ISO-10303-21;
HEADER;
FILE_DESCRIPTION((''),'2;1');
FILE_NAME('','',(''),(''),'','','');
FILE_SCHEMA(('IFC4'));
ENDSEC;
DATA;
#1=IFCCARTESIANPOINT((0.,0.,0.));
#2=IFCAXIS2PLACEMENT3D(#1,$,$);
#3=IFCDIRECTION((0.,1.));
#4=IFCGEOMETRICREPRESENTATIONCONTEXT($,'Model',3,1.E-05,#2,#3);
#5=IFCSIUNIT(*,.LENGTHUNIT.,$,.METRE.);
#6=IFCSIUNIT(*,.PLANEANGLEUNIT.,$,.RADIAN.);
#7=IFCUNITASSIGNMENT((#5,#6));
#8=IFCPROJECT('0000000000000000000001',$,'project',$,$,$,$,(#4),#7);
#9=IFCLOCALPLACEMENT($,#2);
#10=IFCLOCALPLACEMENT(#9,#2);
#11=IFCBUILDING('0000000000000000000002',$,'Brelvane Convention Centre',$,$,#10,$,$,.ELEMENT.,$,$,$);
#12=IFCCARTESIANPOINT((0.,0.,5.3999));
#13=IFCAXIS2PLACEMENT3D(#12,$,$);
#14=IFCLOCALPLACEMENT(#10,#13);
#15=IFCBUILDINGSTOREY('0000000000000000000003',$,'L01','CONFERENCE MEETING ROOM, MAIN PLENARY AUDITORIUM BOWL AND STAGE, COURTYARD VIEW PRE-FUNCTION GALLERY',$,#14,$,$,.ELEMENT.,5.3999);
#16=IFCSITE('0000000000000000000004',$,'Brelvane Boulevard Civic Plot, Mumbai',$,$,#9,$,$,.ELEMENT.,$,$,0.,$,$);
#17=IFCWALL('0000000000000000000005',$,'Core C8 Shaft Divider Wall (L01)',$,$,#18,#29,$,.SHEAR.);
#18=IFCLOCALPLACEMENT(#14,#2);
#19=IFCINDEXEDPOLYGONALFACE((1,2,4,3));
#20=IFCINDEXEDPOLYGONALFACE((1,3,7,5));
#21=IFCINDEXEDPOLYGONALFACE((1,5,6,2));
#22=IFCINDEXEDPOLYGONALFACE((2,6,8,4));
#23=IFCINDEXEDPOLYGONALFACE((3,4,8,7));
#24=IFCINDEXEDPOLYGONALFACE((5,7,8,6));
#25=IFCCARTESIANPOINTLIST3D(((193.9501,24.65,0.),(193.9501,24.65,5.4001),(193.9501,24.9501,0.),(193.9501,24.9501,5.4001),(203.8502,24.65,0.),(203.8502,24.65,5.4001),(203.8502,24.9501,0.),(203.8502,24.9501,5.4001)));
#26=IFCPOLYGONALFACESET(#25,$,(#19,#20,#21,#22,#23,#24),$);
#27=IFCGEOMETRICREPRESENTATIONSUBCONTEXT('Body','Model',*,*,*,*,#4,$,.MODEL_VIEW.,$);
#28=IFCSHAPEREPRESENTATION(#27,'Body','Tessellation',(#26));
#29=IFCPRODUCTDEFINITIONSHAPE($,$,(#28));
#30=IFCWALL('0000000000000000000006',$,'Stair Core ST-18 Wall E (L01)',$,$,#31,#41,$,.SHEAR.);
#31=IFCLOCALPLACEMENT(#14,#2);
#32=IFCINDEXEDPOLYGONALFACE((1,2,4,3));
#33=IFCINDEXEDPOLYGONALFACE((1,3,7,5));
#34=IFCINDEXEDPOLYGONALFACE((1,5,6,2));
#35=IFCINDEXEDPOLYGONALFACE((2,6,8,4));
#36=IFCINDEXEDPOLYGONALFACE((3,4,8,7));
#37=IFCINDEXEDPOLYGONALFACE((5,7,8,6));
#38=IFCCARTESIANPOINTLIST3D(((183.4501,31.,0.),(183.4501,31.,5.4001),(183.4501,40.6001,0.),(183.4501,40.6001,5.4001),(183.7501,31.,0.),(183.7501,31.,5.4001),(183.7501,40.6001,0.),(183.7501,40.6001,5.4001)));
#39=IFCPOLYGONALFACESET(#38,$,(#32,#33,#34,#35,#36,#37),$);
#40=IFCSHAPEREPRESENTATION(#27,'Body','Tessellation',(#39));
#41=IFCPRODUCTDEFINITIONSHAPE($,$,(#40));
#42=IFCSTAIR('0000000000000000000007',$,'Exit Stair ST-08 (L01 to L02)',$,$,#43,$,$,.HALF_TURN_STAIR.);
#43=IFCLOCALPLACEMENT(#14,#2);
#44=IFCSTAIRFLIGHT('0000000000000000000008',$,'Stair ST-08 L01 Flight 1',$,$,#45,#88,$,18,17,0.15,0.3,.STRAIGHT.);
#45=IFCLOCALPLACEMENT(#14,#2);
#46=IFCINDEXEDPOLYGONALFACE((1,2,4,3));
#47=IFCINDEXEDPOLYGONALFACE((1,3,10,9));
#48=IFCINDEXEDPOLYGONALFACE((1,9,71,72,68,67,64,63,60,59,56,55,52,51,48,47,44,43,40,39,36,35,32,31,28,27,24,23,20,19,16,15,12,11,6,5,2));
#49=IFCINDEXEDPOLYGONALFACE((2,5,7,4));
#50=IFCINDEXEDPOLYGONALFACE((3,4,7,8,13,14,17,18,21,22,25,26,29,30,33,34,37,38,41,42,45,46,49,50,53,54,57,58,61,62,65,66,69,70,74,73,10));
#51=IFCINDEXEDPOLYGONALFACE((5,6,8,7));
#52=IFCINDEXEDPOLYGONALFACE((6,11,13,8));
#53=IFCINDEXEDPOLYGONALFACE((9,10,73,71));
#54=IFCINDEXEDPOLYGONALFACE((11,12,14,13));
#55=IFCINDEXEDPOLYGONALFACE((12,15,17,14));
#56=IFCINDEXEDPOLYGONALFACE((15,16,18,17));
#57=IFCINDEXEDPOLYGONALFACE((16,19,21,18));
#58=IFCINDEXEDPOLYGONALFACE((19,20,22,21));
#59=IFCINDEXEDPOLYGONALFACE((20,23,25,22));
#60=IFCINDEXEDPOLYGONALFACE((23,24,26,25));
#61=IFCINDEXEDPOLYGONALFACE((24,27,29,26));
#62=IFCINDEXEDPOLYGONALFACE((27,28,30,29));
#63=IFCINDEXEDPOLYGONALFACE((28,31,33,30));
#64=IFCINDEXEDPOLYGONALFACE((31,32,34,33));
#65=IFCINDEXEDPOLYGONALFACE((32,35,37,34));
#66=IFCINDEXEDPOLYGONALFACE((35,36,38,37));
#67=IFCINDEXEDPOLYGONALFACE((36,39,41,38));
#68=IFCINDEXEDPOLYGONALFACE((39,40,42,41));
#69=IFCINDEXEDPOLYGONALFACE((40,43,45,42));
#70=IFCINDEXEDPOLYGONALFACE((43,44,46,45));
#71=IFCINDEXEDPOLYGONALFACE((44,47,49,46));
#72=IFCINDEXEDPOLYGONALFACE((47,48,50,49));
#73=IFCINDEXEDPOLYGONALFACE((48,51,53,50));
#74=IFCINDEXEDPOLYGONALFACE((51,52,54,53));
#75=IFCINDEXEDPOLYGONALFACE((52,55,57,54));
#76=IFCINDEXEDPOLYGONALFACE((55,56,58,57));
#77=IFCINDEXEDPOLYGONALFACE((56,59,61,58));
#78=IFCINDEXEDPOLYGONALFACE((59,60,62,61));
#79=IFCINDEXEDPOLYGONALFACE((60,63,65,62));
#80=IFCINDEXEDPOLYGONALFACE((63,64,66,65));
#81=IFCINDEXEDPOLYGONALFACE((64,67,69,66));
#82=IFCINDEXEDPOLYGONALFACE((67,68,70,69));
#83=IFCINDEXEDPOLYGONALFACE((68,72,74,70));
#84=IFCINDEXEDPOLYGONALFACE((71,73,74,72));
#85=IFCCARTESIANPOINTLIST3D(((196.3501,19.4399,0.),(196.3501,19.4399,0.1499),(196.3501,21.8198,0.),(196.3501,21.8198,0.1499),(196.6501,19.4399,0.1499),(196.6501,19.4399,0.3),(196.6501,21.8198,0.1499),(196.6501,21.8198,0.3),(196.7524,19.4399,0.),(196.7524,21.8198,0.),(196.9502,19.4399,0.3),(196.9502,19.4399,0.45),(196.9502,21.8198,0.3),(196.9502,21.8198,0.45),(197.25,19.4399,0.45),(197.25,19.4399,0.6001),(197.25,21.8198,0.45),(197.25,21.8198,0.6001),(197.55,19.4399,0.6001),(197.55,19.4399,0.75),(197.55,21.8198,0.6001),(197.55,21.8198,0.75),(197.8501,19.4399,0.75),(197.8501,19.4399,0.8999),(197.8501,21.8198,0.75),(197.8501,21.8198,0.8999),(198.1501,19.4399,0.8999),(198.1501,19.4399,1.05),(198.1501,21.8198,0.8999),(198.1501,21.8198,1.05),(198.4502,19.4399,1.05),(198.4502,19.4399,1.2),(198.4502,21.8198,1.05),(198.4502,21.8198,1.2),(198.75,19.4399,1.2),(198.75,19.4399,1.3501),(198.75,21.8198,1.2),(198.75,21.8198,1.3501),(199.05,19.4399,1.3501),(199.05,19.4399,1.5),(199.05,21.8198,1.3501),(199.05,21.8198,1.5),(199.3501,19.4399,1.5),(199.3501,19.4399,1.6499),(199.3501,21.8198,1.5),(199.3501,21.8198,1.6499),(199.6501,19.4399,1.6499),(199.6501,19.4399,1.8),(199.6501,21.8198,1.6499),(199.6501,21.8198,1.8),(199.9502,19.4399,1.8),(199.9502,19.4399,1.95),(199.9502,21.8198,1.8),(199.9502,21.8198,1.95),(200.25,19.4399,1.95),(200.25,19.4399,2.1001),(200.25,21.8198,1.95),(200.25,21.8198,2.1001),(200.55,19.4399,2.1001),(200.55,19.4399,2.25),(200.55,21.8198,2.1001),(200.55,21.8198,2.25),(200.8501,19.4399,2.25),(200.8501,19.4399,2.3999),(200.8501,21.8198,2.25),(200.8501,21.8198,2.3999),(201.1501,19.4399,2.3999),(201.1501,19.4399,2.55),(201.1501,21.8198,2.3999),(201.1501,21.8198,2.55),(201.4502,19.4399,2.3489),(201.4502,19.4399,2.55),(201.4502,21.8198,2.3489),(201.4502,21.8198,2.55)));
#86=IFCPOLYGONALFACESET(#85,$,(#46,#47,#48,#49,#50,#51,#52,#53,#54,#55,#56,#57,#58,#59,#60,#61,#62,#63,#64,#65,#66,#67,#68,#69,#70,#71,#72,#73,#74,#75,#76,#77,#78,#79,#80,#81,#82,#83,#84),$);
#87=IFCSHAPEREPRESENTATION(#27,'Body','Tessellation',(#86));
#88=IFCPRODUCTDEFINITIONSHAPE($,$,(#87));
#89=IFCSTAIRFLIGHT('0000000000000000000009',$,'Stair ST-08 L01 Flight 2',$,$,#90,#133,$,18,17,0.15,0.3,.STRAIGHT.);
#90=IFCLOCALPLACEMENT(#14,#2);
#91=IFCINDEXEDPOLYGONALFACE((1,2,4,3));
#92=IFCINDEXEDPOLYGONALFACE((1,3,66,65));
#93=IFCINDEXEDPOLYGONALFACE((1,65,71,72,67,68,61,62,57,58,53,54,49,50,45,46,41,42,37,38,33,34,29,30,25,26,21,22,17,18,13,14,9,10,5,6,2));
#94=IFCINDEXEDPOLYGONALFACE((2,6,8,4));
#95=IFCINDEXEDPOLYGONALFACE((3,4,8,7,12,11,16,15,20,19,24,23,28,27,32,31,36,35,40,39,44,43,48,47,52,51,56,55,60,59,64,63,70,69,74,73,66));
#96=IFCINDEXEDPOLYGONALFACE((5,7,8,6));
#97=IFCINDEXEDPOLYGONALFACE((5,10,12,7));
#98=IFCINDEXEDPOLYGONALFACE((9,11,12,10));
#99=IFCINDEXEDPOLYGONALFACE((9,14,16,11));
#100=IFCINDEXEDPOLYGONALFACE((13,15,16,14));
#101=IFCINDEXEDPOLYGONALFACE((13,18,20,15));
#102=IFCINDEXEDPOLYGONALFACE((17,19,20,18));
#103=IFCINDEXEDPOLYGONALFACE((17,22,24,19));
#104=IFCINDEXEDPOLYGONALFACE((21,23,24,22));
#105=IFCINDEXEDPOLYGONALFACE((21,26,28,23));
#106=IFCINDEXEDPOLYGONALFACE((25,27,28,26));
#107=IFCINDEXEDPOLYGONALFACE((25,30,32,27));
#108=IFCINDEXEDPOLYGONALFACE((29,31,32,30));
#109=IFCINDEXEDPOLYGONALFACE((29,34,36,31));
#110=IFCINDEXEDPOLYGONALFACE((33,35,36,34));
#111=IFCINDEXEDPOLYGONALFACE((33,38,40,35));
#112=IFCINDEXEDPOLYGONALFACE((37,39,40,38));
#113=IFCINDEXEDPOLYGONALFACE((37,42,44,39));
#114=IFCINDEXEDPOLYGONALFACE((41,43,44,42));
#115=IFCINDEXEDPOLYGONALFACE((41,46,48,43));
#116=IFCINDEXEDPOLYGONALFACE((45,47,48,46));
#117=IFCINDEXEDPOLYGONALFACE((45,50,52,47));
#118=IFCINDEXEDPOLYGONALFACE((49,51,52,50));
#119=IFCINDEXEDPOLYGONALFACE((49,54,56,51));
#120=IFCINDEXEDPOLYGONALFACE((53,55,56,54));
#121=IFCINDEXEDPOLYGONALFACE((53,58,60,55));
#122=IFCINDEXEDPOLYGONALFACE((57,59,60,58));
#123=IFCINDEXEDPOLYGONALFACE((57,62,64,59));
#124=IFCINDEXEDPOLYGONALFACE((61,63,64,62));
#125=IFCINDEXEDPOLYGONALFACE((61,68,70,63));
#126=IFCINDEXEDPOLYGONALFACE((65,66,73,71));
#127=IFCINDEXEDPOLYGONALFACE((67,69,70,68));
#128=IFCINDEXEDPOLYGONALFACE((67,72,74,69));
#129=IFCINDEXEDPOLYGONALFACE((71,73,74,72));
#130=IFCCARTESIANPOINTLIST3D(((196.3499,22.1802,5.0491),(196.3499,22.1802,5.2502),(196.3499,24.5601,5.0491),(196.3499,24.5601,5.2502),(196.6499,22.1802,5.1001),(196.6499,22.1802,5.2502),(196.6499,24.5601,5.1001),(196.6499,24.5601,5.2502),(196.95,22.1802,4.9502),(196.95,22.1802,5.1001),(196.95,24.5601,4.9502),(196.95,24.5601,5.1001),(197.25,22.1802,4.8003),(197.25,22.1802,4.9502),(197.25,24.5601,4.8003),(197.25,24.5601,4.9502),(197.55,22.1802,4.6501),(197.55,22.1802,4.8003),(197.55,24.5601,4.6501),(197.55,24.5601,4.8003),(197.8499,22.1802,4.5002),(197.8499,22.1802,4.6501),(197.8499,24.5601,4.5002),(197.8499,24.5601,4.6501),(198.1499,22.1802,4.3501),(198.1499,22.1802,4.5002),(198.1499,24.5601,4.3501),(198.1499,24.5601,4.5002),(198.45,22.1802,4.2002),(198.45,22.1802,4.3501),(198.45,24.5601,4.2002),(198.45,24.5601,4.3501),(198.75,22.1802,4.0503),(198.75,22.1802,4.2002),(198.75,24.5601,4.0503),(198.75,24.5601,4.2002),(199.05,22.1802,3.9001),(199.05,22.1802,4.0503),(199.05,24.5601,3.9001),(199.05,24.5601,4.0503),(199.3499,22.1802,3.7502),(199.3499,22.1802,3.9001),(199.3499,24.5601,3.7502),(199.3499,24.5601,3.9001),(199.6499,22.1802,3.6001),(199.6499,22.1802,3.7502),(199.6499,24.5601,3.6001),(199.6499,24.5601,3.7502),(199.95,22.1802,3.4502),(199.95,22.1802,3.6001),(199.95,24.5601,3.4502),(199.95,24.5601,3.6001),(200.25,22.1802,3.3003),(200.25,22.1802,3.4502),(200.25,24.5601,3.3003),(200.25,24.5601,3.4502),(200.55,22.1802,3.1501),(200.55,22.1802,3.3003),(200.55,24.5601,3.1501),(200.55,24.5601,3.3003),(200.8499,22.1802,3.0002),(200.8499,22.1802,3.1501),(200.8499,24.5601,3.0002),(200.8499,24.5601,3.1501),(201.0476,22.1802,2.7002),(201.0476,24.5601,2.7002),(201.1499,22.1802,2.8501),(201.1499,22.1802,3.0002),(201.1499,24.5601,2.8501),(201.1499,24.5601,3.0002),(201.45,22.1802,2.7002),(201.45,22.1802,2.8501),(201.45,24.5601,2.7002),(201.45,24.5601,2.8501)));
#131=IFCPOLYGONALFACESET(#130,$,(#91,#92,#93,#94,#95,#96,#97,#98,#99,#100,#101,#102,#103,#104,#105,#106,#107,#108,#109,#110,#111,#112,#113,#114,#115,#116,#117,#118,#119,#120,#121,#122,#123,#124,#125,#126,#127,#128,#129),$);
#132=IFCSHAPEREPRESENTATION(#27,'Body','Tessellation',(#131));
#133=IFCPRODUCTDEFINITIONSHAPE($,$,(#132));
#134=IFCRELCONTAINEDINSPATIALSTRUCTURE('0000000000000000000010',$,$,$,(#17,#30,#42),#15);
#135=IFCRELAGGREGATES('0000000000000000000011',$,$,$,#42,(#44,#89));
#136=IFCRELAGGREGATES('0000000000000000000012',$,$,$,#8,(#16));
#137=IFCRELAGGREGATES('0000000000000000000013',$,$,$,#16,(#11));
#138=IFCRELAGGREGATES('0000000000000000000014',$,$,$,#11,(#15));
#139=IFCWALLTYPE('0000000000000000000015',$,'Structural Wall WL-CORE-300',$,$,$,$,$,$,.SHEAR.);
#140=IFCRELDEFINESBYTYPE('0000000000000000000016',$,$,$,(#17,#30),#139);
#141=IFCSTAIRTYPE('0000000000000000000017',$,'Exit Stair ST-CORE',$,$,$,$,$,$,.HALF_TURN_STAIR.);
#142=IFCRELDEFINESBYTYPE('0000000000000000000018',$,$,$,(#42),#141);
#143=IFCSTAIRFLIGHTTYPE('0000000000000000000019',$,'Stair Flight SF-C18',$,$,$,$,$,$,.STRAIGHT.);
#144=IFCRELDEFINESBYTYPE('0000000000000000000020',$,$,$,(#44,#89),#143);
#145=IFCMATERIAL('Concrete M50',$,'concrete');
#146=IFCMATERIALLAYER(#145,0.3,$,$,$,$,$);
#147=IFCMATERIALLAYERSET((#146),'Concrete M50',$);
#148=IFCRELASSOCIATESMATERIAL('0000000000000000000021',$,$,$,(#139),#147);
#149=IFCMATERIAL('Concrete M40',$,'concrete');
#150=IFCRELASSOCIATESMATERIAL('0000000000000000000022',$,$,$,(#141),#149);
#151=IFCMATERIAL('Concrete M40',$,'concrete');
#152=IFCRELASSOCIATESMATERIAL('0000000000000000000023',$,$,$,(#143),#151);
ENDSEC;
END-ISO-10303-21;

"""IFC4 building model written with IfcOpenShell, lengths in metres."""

from ifc_helpers import new_model, si_unit, direction, frame, frame_2d, origin, place, context, subcontext, project, spatial, polyline, rectangle, outline, extrude, material, layer, layer_set, type_object, element, aggregate, save


model = new_model("IFC4")

# Units and contexts
model_context = context("Model", 3, precision=1e-05, world=origin(), true_north=direction((0.0, 1.0)))
body_context = subcontext(model_context, "Body", "Model", "MODEL_VIEW")
ifc_project = project(units=[si_unit("LENGTHUNIT", "METRE"), si_unit("PLANEANGLEUNIT", "RADIAN")], contexts=[model_context])

# Site, building, storey
site_placement = place(None, origin())
site = spatial("IfcSite", under=ifc_project, at=site_placement, Name="Brelvane Boulevard Civic Plot, Mumbai", CompositionType="ELEMENT", RefElevation=0.0)
building_placement = place(site_placement, origin())
building = spatial("IfcBuilding", under=site, at=building_placement, Name="Brelvane Convention Centre", CompositionType="ELEMENT")
storey_placement = place(building_placement, frame((0.0, 0.0, 5.3999)))
storey = spatial("IfcBuildingStorey", under=building, at=storey_placement, Name="L01", Description="CONFERENCE MEETING ROOM, MAIN PLENARY AUDITORIUM BOWL AND STAGE, COURTYARD VIEW PRE-FUNCTION GALLERY", CompositionType="ELEMENT", Elevation=5.3999)

# Shared definitions
ifc_material_1 = material(Name="Concrete M50", Category="concrete")
ifc_layer_1 = layer(ifc_material_1, 0.3)
ifc_layer_set_1 = layer_set([ifc_layer_1], Name="Concrete M50")
wall_type_1 = type_object("IfcWallType", Name="Structural Wall WL-CORE-300", PredefinedType="SHEAR", material=ifc_layer_set_1)

# Walls
wall_1_placement = place(storey_placement, frame((193.95, 24.8, 0.0), z_axis=(0.0, 0.0, 1.0), x_axis=(1.0, 0.0, 0.0)))
element("IfcWall", 1, at=wall_1_placement, inside=storey, type_object=wall_type_1, Name="Core C8 Shaft Divider Wall (L01)", PredefinedType="SHEAR", context=body_context, shape_type="SweptSolid", body=[
    extrude(rectangle(XDim=9.9001, YDim=0.3, at=frame_2d((4.9502, 0.0))), origin(), (0.0, 0.0, 1.0), 5.4001),
])
wall_2_placement = place(storey_placement, frame((183.6001, 31.0, 0.0), z_axis=(0.0, 0.0, 1.0), x_axis=(0.0, 1.0, 0.0)))
element("IfcWall", 2, at=wall_2_placement, inside=storey, type_object=wall_type_1, Name="Stair Core ST-18 Wall E (L01)", PredefinedType="SHEAR", context=body_context, shape_type="SweptSolid", body=[
    extrude(rectangle(XDim=9.6001, YDim=0.3, at=frame_2d((4.8, 0.0))), origin(), (0.0, 0.0, 1.0), 5.4001),
])

# Stair, stair flights
ifc_material_2 = material(Name="Concrete M40", Category="concrete")
stair_type = type_object("IfcStairType", Name="Exit Stair ST-CORE", PredefinedType="HALF_TURN_STAIR", material=ifc_material_2)
stair_placement = place(storey_placement, origin())
stair = element("IfcStair", 3, at=stair_placement, inside=storey, type_object=stair_type, Name="Exit Stair ST-08 (L01 to L02)", PredefinedType="HALF_TURN_STAIR")
ifc_material_3 = material(Name="Concrete M40", Category="concrete")
stair_flight_type = type_object("IfcStairFlightType", Name="Stair Flight SF-C18", PredefinedType="STRAIGHT", material=ifc_material_3)
stair_flight_1_placement = place(storey_placement, frame((196.3501, 20.6299, 0.0), z_axis=(0.0, 0.0, 1.0), x_axis=(1.0, 0.0, 0.0)))
stair_flight_1 = element("IfcStairFlight", 4, at=stair_flight_1_placement, type_object=stair_flight_type, Name="Stair ST-08 L01 Flight 1", NumberOfRisers=18, NumberOfTreads=17, PredefinedType="STRAIGHT", RiserHeight=0.15, TreadLength=0.3, context=body_context, shape_type="SweptSolid", body=[
    extrude(outline(polyline([(0.0, 0.0), (0.0, 0.1499), (0.3, 0.1499), (0.3, 0.3), (0.6001, 0.3), (0.6001, 0.45), (0.8999, 0.45), (0.8999, 0.6001), (1.2, 0.6001), (1.2, 0.75), (1.5, 0.75), (1.5, 0.8999), (1.8, 0.8999), (1.8, 1.05), (2.1001, 1.05), (2.1001, 1.2), (2.3999, 1.2), (2.3999, 1.3501), (2.7, 1.3501), (2.7, 1.5), (3.0, 1.5), (3.0, 1.6499), (3.3, 1.6499), (3.3, 1.8), (3.6001, 1.8), (3.6001, 1.95), (3.8999, 1.95), (3.8999, 2.1001), (4.2, 2.1001), (4.2, 2.25), (4.5, 2.25), (4.5, 2.3999), (4.8, 2.3999), (4.8, 2.55), (5.1001, 2.55), (5.1001, 2.7), (5.1001, 2.3489), (0.4023, 0.0), (0.0, 0.0)])), frame((0.0, 1.1899, 0.0), z_axis=(0.0, -1.0, 0.0), x_axis=(1.0, 0.0, 0.0)), (0.0, 0.0, 1.0), 2.3799),
])
stair_flight_2_placement = place(storey_placement, frame((201.45, 23.3701, 2.7002), z_axis=(0.0, 0.0, 1.0), x_axis=(-1.0, 0.0, 0.0)))
stair_flight_2 = element("IfcStairFlight", 5, at=stair_flight_2_placement, type_object=stair_flight_type, Name="Stair ST-08 L01 Flight 2", NumberOfRisers=18, NumberOfTreads=17, PredefinedType="STRAIGHT", RiserHeight=0.15, TreadLength=0.3, context=body_context, shape_type="SweptSolid", body=[
    extrude(outline(polyline([(0.0, 0.0), (0.0, 0.1499), (0.3, 0.1499), (0.3, 0.3), (0.6001, 0.3), (0.6001, 0.45), (0.8999, 0.45), (0.8999, 0.6001), (1.2, 0.6001), (1.2, 0.75), (1.5, 0.75), (1.5, 0.8999), (1.8, 0.8999), (1.8, 1.05), (2.1001, 1.05), (2.1001, 1.2), (2.3999, 1.2), (2.3999, 1.3501), (2.7, 1.3501), (2.7, 1.5), (3.0, 1.5), (3.0, 1.6499), (3.3, 1.6499), (3.3, 1.8), (3.6001, 1.8), (3.6001, 1.95), (3.8999, 1.95), (3.8999, 2.1001), (4.2, 2.1001), (4.2, 2.25), (4.5, 2.25), (4.5, 2.3999), (4.8, 2.3999), (4.8, 2.55), (5.1001, 2.55), (5.1001, 2.7), (5.1001, 2.3489), (0.4023, 0.0), (0.0, 0.0)])), frame((0.0, 1.1899, 0.0), z_axis=(0.0, -1.0, 0.0), x_axis=(1.0, 0.0, 0.0)), (0.0, 0.0, 1.0), 2.3799),
])
aggregate(stair, [stair_flight_1, stair_flight_2])

save(model, "model.ifc")
